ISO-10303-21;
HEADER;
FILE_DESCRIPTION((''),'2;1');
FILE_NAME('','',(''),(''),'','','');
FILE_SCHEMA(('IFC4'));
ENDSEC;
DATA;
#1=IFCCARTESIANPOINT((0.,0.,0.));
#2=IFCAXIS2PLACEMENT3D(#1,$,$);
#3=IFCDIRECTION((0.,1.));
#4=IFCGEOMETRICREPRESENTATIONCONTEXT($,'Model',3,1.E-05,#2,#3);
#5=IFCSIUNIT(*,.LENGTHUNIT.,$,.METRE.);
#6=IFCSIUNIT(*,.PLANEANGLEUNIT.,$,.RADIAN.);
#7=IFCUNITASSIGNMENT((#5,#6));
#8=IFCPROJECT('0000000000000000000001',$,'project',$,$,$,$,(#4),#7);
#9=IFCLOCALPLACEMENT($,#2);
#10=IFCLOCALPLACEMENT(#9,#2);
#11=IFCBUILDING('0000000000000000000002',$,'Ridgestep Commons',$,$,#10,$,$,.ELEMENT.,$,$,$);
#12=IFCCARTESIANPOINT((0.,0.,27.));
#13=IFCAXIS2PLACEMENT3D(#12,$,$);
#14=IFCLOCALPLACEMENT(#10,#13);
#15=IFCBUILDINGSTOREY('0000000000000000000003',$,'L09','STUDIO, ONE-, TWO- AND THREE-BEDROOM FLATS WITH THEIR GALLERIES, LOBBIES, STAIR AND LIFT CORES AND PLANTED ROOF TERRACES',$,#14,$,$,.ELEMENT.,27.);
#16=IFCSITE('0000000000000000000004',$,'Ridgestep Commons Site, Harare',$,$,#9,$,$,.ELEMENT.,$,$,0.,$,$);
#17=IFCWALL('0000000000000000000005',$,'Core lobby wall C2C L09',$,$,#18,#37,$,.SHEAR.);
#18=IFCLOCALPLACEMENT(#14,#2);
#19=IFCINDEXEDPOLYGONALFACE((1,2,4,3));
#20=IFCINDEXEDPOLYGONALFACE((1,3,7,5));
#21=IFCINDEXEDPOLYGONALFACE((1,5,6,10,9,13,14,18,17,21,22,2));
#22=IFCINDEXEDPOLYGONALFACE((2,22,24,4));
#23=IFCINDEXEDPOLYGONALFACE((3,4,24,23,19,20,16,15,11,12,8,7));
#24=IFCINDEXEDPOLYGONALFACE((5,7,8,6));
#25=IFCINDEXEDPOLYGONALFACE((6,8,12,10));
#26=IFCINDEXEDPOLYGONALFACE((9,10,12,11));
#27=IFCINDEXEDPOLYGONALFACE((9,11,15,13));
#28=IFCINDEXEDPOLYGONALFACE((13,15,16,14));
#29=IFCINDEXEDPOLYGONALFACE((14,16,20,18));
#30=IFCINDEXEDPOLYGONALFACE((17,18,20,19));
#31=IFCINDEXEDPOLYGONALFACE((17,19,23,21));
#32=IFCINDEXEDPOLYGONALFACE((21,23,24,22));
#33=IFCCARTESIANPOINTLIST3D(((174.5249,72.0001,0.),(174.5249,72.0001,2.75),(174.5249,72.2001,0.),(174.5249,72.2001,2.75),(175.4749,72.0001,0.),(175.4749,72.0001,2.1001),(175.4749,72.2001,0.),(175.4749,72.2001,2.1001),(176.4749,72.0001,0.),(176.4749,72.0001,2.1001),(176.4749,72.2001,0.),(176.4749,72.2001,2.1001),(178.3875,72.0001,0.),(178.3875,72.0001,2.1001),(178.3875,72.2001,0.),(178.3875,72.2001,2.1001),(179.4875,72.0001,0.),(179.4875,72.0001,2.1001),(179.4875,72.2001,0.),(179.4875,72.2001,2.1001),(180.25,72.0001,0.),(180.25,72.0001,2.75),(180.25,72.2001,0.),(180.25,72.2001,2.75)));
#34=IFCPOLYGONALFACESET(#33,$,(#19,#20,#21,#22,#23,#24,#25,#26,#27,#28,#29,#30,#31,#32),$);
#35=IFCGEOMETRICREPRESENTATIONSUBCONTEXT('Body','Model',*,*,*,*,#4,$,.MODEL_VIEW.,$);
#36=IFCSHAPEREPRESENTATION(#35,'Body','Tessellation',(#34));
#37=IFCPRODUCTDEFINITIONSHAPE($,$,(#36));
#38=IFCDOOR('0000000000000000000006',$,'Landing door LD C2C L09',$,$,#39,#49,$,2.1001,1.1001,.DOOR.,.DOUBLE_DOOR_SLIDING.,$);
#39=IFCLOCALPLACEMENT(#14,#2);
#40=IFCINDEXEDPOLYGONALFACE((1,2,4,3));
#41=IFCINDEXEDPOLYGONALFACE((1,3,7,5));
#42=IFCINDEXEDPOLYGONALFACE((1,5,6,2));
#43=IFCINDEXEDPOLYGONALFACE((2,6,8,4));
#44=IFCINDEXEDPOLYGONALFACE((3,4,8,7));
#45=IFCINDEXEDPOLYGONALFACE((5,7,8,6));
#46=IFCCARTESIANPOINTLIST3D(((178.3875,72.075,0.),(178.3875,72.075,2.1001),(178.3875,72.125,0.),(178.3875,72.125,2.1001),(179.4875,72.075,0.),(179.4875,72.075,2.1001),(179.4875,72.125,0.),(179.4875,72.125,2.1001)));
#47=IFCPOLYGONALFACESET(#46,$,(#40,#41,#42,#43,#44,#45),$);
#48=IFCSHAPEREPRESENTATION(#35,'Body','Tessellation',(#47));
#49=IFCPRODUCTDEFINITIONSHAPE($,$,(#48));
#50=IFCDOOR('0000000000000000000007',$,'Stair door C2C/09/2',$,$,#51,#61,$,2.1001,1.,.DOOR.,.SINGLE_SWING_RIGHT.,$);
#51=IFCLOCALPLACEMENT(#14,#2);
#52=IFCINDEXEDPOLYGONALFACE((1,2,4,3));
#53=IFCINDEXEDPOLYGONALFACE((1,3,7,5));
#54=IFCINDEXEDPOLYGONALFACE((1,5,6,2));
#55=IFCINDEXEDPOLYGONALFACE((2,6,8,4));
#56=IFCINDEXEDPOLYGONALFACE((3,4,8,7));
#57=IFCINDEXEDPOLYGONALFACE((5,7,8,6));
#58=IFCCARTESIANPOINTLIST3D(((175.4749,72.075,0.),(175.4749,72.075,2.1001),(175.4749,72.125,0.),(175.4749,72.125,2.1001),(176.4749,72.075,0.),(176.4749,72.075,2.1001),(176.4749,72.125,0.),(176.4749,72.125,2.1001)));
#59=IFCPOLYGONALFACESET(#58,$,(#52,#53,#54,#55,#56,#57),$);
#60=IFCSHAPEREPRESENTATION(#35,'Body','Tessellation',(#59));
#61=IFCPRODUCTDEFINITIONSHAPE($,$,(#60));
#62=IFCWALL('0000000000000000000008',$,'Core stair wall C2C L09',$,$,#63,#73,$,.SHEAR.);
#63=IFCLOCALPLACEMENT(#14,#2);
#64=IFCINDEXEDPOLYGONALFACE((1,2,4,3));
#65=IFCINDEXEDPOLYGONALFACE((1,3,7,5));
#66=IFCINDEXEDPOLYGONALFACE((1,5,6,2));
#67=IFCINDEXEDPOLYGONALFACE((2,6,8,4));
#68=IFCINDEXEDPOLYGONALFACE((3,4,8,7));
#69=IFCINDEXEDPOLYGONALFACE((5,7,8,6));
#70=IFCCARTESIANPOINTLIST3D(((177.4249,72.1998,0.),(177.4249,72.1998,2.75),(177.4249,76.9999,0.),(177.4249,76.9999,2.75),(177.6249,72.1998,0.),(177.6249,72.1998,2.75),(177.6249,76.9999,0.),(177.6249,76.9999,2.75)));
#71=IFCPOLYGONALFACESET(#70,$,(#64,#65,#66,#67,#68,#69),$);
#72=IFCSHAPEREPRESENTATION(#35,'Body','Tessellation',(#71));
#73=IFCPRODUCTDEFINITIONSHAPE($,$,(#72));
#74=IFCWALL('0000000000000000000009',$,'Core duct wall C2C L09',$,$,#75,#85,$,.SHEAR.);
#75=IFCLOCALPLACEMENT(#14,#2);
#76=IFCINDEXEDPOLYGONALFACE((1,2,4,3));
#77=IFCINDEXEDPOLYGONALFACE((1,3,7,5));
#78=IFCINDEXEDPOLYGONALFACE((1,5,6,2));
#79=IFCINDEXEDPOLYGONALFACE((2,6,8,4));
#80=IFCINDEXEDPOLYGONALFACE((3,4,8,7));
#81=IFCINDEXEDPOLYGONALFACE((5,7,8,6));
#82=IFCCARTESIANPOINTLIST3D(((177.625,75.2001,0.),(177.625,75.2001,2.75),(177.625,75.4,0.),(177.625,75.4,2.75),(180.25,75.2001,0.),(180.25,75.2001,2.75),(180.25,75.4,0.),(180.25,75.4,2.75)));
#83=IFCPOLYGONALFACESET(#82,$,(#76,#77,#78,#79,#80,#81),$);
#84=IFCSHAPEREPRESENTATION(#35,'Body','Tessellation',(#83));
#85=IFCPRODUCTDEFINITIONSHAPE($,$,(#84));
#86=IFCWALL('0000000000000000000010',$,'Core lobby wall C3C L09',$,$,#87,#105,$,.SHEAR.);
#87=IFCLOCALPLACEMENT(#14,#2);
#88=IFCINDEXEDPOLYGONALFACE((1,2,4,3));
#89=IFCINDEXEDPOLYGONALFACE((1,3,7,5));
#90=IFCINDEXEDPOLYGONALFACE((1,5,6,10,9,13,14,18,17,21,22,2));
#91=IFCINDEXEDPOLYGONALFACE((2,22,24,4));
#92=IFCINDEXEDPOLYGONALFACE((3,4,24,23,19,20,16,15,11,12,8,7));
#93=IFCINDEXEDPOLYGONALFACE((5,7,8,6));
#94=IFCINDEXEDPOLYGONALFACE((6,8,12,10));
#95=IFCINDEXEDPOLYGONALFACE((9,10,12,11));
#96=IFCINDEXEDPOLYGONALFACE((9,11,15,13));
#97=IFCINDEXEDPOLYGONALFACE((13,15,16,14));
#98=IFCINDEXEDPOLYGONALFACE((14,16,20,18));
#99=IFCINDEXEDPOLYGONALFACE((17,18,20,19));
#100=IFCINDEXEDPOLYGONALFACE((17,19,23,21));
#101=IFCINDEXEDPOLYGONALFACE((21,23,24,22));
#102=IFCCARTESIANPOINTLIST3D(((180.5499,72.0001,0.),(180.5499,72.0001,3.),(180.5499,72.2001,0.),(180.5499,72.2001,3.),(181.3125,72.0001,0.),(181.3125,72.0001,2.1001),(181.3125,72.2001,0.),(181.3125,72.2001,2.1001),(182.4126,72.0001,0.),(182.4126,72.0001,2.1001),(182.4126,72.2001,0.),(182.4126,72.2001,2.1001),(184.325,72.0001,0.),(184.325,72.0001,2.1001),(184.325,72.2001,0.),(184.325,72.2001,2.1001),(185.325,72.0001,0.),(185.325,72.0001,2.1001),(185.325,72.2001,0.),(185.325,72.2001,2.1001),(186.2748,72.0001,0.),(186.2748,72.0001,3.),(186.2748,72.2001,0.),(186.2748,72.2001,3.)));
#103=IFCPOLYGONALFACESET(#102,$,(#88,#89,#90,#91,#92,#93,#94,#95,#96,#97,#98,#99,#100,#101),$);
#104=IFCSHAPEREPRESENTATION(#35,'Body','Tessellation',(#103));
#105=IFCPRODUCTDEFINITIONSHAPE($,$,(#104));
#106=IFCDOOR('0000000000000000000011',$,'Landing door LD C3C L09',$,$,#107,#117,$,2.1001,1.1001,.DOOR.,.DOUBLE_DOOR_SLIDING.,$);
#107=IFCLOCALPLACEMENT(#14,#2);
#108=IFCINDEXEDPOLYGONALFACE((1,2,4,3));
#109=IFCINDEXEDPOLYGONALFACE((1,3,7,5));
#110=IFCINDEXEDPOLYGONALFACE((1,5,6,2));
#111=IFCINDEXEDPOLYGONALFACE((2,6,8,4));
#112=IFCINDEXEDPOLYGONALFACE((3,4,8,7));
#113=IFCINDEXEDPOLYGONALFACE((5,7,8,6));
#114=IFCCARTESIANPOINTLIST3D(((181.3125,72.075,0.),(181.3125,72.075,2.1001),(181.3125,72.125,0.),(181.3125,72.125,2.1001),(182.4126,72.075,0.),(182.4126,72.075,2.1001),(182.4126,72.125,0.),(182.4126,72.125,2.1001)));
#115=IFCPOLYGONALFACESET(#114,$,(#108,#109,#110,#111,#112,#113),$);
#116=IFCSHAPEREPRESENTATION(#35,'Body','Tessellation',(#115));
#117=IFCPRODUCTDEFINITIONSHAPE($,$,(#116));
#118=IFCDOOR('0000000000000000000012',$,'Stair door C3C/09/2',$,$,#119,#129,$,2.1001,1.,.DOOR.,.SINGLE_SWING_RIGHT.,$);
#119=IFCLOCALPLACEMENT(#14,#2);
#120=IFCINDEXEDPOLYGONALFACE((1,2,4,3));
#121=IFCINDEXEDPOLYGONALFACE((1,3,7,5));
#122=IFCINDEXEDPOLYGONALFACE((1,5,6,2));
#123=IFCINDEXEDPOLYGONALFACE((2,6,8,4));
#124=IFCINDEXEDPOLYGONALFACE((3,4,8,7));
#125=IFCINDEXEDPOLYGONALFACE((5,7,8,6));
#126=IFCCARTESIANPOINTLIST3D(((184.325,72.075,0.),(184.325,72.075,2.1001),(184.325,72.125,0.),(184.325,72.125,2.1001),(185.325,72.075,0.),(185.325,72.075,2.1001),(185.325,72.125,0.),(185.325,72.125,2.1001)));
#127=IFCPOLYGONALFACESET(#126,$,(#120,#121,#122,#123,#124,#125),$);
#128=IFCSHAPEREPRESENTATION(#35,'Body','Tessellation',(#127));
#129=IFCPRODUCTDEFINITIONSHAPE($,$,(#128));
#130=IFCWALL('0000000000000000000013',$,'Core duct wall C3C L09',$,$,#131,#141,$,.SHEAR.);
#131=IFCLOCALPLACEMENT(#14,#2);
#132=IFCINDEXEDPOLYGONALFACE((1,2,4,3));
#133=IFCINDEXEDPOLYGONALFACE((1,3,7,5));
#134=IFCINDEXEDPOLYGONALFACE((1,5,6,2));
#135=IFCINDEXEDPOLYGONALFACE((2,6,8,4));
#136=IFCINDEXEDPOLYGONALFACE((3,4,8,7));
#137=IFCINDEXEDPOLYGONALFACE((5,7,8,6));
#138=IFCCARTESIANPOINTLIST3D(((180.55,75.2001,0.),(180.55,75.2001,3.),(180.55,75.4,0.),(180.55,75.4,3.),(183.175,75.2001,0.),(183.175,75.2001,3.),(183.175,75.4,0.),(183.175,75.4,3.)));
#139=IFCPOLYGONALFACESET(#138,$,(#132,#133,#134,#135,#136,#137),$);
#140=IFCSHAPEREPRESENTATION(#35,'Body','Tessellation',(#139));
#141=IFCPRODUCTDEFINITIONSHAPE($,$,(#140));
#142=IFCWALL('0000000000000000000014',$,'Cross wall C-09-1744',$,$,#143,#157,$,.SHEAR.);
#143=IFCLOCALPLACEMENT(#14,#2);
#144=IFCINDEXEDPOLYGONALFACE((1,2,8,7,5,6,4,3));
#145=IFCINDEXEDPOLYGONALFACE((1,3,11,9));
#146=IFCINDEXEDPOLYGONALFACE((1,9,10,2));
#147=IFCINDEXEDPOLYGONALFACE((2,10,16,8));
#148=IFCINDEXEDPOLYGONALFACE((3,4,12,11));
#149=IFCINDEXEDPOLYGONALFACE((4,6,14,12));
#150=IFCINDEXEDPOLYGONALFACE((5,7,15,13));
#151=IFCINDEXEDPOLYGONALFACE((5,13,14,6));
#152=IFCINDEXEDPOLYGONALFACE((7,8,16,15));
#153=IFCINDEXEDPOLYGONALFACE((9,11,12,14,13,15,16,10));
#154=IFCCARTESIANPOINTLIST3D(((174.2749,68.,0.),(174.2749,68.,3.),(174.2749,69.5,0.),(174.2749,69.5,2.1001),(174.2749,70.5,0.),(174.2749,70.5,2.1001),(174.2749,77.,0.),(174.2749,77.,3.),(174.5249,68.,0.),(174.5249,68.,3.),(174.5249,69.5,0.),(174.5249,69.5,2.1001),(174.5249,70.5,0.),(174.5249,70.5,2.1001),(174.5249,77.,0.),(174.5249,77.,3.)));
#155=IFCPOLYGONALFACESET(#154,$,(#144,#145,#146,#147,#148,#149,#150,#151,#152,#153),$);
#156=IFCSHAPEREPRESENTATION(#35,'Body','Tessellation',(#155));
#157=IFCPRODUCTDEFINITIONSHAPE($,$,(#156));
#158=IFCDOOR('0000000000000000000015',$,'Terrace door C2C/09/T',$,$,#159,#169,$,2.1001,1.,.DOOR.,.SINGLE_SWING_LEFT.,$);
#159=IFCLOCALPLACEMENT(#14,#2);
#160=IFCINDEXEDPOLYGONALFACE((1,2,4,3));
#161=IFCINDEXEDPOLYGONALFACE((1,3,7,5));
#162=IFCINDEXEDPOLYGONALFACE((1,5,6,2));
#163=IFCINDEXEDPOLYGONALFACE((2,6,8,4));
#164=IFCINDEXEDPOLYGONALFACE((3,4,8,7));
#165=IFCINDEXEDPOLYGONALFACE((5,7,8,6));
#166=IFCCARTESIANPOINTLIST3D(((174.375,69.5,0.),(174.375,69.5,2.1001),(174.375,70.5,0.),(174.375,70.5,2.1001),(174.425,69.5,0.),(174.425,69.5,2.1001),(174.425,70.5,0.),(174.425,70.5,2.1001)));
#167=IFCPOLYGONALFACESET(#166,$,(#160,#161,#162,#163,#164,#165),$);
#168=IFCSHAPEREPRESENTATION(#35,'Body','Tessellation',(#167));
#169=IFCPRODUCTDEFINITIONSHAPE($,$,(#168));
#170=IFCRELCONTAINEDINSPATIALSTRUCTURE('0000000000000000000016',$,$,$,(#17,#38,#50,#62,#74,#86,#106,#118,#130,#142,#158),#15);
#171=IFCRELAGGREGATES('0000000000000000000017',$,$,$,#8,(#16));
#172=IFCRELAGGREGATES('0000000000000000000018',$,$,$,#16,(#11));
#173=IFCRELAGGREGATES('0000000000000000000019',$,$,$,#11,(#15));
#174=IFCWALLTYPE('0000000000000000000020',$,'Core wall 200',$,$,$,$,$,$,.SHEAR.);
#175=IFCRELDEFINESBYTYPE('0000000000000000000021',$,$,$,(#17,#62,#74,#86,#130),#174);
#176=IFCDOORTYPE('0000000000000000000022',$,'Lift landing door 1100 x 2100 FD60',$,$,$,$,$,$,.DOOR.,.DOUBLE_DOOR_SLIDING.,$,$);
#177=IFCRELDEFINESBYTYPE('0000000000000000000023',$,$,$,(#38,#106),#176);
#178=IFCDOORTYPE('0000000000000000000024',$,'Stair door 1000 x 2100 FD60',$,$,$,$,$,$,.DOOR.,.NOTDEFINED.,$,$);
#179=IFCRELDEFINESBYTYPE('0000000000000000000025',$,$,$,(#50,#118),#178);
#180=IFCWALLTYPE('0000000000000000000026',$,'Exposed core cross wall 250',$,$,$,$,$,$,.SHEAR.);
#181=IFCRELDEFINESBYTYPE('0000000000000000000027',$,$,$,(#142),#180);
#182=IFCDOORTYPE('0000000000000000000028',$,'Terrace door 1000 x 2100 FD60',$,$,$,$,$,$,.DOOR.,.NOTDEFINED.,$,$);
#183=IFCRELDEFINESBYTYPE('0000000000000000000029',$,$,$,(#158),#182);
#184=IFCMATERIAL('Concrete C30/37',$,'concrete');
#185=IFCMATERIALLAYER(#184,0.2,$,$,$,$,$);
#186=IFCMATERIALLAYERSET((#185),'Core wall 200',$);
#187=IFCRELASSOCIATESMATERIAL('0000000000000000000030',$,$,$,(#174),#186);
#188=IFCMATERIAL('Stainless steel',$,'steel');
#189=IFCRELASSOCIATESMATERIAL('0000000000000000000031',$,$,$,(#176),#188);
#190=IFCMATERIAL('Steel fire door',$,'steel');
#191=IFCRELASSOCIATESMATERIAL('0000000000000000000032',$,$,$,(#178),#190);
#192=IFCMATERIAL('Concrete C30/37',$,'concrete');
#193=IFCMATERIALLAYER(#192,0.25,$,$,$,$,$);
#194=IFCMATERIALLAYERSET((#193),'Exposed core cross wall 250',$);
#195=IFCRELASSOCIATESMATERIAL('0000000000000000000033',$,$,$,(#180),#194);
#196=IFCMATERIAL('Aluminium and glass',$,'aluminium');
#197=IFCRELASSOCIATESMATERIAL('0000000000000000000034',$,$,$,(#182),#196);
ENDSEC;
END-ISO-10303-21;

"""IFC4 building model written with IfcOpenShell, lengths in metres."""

from ifc_helpers import new_model, si_unit, direction, frame, frame_2d, origin, place, context, subcontext, project, spatial, rectangle, extrude, material, layer, layer_set, type_object, element, fill, save


model = new_model("IFC4")

# Units and contexts
model_context = context("Model", 3, precision=1e-05, world=origin(), true_north=direction((0.0, 1.0)))
body_context = subcontext(model_context, "Body", "Model", "MODEL_VIEW")
ifc_project = project(units=[si_unit("LENGTHUNIT", "METRE"), si_unit("PLANEANGLEUNIT", "RADIAN")], contexts=[model_context])

# Site, building, storey
site_placement = place(None, origin())
site = spatial("IfcSite", under=ifc_project, at=site_placement, Name="Ridgestep Commons Site, Harare", CompositionType="ELEMENT", RefElevation=0.0)
building_placement = place(site_placement, origin())
building = spatial("IfcBuilding", under=site, at=building_placement, Name="Ridgestep Commons", CompositionType="ELEMENT")
storey_placement = place(building_placement, frame((0.0, 0.0, 27.0)))
storey = spatial("IfcBuildingStorey", under=building, at=storey_placement, Name="L09", Description="STUDIO, ONE-, TWO- AND THREE-BEDROOM FLATS WITH THEIR GALLERIES, LOBBIES, STAIR AND LIFT CORES AND PLANTED ROOF TERRACES", CompositionType="ELEMENT", Elevation=27.0)

# Wall, openings, doors
ifc_material_1 = material(Name="Concrete C30/37", Category="concrete")
ifc_layer_1 = layer(ifc_material_1, 0.2)
ifc_layer_set_1 = layer_set([ifc_layer_1], Name="Core wall 200")
wall_type_1 = type_object("IfcWallType", Name="Core wall 200", PredefinedType="SHEAR", material=ifc_layer_set_1)
wall_1_placement = place(storey_placement, frame((174.5249, 72.1001, 0.0), z_axis=(0.0, 0.0, 1.0), x_axis=(1.0, 0.0, 0.0)))
wall_1 = element("IfcWall", 1, at=wall_1_placement, inside=storey, type_object=wall_type_1, Name="Core lobby wall C2C L09", PredefinedType="SHEAR", context=body_context, shape_type="SweptSolid", body=[
    extrude(rectangle(XDim=5.7251, YDim=0.2, at=frame_2d((2.8625, 0.0))), origin(), (0.0, 0.0, 1.0), 2.75),
])
opening_1_placement = place(wall_1_placement, frame((0.95, 0.0, 0.0)))
opening_1 = element("IfcOpeningElement", 2, at=opening_1_placement, cuts=wall_1, PredefinedType="OPENING", context=body_context, shape_type="SweptSolid", body=[
    extrude(rectangle(XDim=1.0, YDim=2.1001, at=frame_2d((0.5, 1.05))), frame((0.0, 0.1099, 0.0), z_axis=(0.0, -1.0, 0.0), x_axis=(1.0, 0.0, 0.0)), (0.0, 0.0, 1.0), 0.22),
])
opening_2_placement = place(wall_1_placement, frame((3.8625, 0.0, 0.0)))
opening_2 = element("IfcOpeningElement", 3, at=opening_2_placement, cuts=wall_1, PredefinedType="OPENING", context=body_context, shape_type="SweptSolid", body=[
    extrude(rectangle(XDim=1.1001, YDim=2.1001, at=frame_2d((0.55, 1.05))), frame((0.0, 0.1099, 0.0), z_axis=(0.0, -1.0, 0.0), x_axis=(1.0, 0.0, 0.0)), (0.0, 0.0, 1.0), 0.22),
])
ifc_material_2 = material(Name="Stainless steel", Category="steel")
door_type_1 = type_object("IfcDoorType", Name="Lift landing door 1100 x 2100 FD60", OperationType="DOUBLE_DOOR_SLIDING", PredefinedType="DOOR", material=ifc_material_2)
door_1_placement = place(opening_2_placement, origin())
door_1 = element("IfcDoor", 4, at=door_1_placement, inside=storey, type_object=door_type_1, Name="Landing door LD C2C L09", OperationType="DOUBLE_DOOR_SLIDING", OverallHeight=2.1001, OverallWidth=1.1001, PredefinedType="DOOR", context=body_context, shape_type="SweptSolid", body=[
    extrude(rectangle(XDim=1.1001, YDim=2.1001, at=frame_2d((0.55, 1.05))), frame((0.0, 0.0249, 0.0), z_axis=(0.0, -1.0, 0.0), x_axis=(1.0, 0.0, 0.0)), (0.0, 0.0, 1.0), 0.05),
])
fill(opening_2, door_1)
ifc_material_3 = material(Name="Steel fire door", Category="steel")
door_type_2 = type_object("IfcDoorType", Name="Stair door 1000 x 2100 FD60", OperationType="NOTDEFINED", PredefinedType="DOOR", material=ifc_material_3)
door_2_placement = place(opening_1_placement, origin())
door_2 = element("IfcDoor", 5, at=door_2_placement, inside=storey, type_object=door_type_2, Name="Stair door C2C/09/2", OperationType="SINGLE_SWING_RIGHT", OverallHeight=2.1001, OverallWidth=1.0, PredefinedType="DOOR", context=body_context, shape_type="SweptSolid", body=[
    extrude(rectangle(XDim=1.0, YDim=2.1001, at=frame_2d((0.5, 1.05))), frame((0.0, 0.0249, 0.0), z_axis=(0.0, -1.0, 0.0), x_axis=(1.0, 0.0, 0.0)), (0.0, 0.0, 1.0), 0.05),
])
fill(opening_1, door_2)

# Walls
wall_2_placement = place(storey_placement, frame((177.5249, 72.2, 0.0), z_axis=(0.0, 0.0, 1.0), x_axis=(0.0, 1.0, 0.0)))
element("IfcWall", 6, at=wall_2_placement, inside=storey, type_object=wall_type_1, Name="Core stair wall C2C L09", PredefinedType="SHEAR", context=body_context, shape_type="SweptSolid", body=[
    extrude(rectangle(XDim=4.8, YDim=0.2, at=frame_2d((2.3999, 0.0))), origin(), (0.0, 0.0, 1.0), 2.75),
])
wall_3_placement = place(storey_placement, frame((177.625, 75.3, 0.0), z_axis=(0.0, 0.0, 1.0), x_axis=(1.0, 0.0, 0.0)))
element("IfcWall", 7, at=wall_3_placement, inside=storey, type_object=wall_type_1, Name="Core duct wall C2C L09", PredefinedType="SHEAR", context=body_context, shape_type="SweptSolid", body=[
    extrude(rectangle(XDim=2.625, YDim=0.2, at=frame_2d((1.3125, 0.0))), origin(), (0.0, 0.0, 1.0), 2.75),
])

# Wall, openings, doors
wall_4_placement = place(storey_placement, frame((180.55, 72.1001, 0.0), z_axis=(0.0, 0.0, 1.0), x_axis=(1.0, 0.0, 0.0)))
wall_4 = element("IfcWall", 8, at=wall_4_placement, inside=storey, type_object=wall_type_1, Name="Core lobby wall C3C L09", PredefinedType="SHEAR", context=body_context, shape_type="SweptSolid", body=[
    extrude(rectangle(XDim=5.7249, YDim=0.2, at=frame_2d((2.8623, 0.0))), origin(), (0.0, 0.0, 1.0), 3.0),
])
opening_3_placement = place(wall_4_placement, frame((3.7749, 0.0, 0.0)))
opening_3 = element("IfcOpeningElement", 9, at=opening_3_placement, cuts=wall_4, PredefinedType="OPENING", context=body_context, shape_type="SweptSolid", body=[
    extrude(rectangle(XDim=1.0, YDim=2.1001, at=frame_2d((0.5, 1.05))), frame((0.0, 0.1099, 0.0), z_axis=(0.0, -1.0, 0.0), x_axis=(1.0, 0.0, 0.0)), (0.0, 0.0, 1.0), 0.22),
])
opening_4_placement = place(wall_4_placement, frame((0.7625, 0.0, 0.0)))
opening_4 = element("IfcOpeningElement", 10, at=opening_4_placement, cuts=wall_4, PredefinedType="OPENING", context=body_context, shape_type="SweptSolid", body=[
    extrude(rectangle(XDim=1.1001, YDim=2.1001, at=frame_2d((0.55, 1.05))), frame((0.0, 0.1099, 0.0), z_axis=(0.0, -1.0, 0.0), x_axis=(1.0, 0.0, 0.0)), (0.0, 0.0, 1.0), 0.22),
])
door_3_placement = place(opening_4_placement, origin())
door_3 = element("IfcDoor", 11, at=door_3_placement, inside=storey, type_object=door_type_1, Name="Landing door LD C3C L09", OperationType="DOUBLE_DOOR_SLIDING", OverallHeight=2.1001, OverallWidth=1.1001, PredefinedType="DOOR", context=body_context, shape_type="SweptSolid", body=[
    extrude(rectangle(XDim=1.1001, YDim=2.1001, at=frame_2d((0.55, 1.05))), frame((0.0, 0.0249, 0.0), z_axis=(0.0, -1.0, 0.0), x_axis=(1.0, 0.0, 0.0)), (0.0, 0.0, 1.0), 0.05),
])
fill(opening_4, door_3)
door_4_placement = place(opening_3_placement, origin())
door_4 = element("IfcDoor", 12, at=door_4_placement, inside=storey, type_object=door_type_2, Name="Stair door C3C/09/2", OperationType="SINGLE_SWING_RIGHT", OverallHeight=2.1001, OverallWidth=1.0, PredefinedType="DOOR", context=body_context, shape_type="SweptSolid", body=[
    extrude(rectangle(XDim=1.0, YDim=2.1001, at=frame_2d((0.5, 1.05))), frame((0.0, 0.0249, 0.0), z_axis=(0.0, -1.0, 0.0), x_axis=(1.0, 0.0, 0.0)), (0.0, 0.0, 1.0), 0.05),
])
fill(opening_3, door_4)

# Wall
wall_5_placement = place(storey_placement, frame((180.55, 75.3, 0.0), z_axis=(0.0, 0.0, 1.0), x_axis=(1.0, 0.0, 0.0)))
element("IfcWall", 13, at=wall_5_placement, inside=storey, type_object=wall_type_1, Name="Core duct wall C3C L09", PredefinedType="SHEAR", context=body_context, shape_type="SweptSolid", body=[
    extrude(rectangle(XDim=2.625, YDim=0.2, at=frame_2d((1.3125, 0.0))), origin(), (0.0, 0.0, 1.0), 3.0),
])

# Wall, opening, door
ifc_material_4 = material(Name="Concrete C30/37", Category="concrete")
ifc_layer_2 = layer(ifc_material_4, 0.25)
ifc_layer_set_2 = layer_set([ifc_layer_2], Name="Exposed core cross wall 250")
wall_type_2 = type_object("IfcWallType", Name="Exposed core cross wall 250", PredefinedType="SHEAR", material=ifc_layer_set_2)
wall_6_placement = place(storey_placement, frame((174.3999, 68.0, 0.0), z_axis=(0.0, 0.0, 1.0), x_axis=(0.0, 1.0, 0.0)))
wall_6 = element("IfcWall", 14, at=wall_6_placement, inside=storey, type_object=wall_type_2, Name="Cross wall C-09-1744", PredefinedType="SHEAR", context=body_context, shape_type="SweptSolid", body=[
    extrude(rectangle(XDim=9.0, YDim=0.25, at=frame_2d((4.5, 0.0))), origin(), (0.0, 0.0, 1.0), 3.0),
])
opening_5_placement = place(wall_6_placement, frame((1.5, 0.0, 0.0)))
opening_5 = element("IfcOpeningElement", 15, at=opening_5_placement, cuts=wall_6, PredefinedType="OPENING", context=body_context, shape_type="SweptSolid", body=[
    extrude(rectangle(XDim=1.0, YDim=2.1001, at=frame_2d((0.5, 1.05))), frame((0.0, 0.135, 0.0), z_axis=(0.0, -1.0, 0.0), x_axis=(1.0, 0.0, 0.0)), (0.0, 0.0, 1.0), 0.27),
])
ifc_material_5 = material(Name="Aluminium and glass", Category="aluminium")
door_type_3 = type_object("IfcDoorType", Name="Terrace door 1000 x 2100 FD60", OperationType="NOTDEFINED", PredefinedType="DOOR", material=ifc_material_5)
door_5_placement = place(opening_5_placement, origin())
door_5 = element("IfcDoor", 16, at=door_5_placement, inside=storey, type_object=door_type_3, Name="Terrace door C2C/09/T", OperationType="SINGLE_SWING_LEFT", OverallHeight=2.1001, OverallWidth=1.0, PredefinedType="DOOR", context=body_context, shape_type="SweptSolid", body=[
    extrude(rectangle(XDim=1.0, YDim=2.1001, at=frame_2d((0.5, 1.05))), frame((0.0, 0.0249, 0.0), z_axis=(0.0, -1.0, 0.0), x_axis=(1.0, 0.0, 0.0)), (0.0, 0.0, 1.0), 0.05),
])
fill(opening_5, door_5)

save(model, "model.ifc")
